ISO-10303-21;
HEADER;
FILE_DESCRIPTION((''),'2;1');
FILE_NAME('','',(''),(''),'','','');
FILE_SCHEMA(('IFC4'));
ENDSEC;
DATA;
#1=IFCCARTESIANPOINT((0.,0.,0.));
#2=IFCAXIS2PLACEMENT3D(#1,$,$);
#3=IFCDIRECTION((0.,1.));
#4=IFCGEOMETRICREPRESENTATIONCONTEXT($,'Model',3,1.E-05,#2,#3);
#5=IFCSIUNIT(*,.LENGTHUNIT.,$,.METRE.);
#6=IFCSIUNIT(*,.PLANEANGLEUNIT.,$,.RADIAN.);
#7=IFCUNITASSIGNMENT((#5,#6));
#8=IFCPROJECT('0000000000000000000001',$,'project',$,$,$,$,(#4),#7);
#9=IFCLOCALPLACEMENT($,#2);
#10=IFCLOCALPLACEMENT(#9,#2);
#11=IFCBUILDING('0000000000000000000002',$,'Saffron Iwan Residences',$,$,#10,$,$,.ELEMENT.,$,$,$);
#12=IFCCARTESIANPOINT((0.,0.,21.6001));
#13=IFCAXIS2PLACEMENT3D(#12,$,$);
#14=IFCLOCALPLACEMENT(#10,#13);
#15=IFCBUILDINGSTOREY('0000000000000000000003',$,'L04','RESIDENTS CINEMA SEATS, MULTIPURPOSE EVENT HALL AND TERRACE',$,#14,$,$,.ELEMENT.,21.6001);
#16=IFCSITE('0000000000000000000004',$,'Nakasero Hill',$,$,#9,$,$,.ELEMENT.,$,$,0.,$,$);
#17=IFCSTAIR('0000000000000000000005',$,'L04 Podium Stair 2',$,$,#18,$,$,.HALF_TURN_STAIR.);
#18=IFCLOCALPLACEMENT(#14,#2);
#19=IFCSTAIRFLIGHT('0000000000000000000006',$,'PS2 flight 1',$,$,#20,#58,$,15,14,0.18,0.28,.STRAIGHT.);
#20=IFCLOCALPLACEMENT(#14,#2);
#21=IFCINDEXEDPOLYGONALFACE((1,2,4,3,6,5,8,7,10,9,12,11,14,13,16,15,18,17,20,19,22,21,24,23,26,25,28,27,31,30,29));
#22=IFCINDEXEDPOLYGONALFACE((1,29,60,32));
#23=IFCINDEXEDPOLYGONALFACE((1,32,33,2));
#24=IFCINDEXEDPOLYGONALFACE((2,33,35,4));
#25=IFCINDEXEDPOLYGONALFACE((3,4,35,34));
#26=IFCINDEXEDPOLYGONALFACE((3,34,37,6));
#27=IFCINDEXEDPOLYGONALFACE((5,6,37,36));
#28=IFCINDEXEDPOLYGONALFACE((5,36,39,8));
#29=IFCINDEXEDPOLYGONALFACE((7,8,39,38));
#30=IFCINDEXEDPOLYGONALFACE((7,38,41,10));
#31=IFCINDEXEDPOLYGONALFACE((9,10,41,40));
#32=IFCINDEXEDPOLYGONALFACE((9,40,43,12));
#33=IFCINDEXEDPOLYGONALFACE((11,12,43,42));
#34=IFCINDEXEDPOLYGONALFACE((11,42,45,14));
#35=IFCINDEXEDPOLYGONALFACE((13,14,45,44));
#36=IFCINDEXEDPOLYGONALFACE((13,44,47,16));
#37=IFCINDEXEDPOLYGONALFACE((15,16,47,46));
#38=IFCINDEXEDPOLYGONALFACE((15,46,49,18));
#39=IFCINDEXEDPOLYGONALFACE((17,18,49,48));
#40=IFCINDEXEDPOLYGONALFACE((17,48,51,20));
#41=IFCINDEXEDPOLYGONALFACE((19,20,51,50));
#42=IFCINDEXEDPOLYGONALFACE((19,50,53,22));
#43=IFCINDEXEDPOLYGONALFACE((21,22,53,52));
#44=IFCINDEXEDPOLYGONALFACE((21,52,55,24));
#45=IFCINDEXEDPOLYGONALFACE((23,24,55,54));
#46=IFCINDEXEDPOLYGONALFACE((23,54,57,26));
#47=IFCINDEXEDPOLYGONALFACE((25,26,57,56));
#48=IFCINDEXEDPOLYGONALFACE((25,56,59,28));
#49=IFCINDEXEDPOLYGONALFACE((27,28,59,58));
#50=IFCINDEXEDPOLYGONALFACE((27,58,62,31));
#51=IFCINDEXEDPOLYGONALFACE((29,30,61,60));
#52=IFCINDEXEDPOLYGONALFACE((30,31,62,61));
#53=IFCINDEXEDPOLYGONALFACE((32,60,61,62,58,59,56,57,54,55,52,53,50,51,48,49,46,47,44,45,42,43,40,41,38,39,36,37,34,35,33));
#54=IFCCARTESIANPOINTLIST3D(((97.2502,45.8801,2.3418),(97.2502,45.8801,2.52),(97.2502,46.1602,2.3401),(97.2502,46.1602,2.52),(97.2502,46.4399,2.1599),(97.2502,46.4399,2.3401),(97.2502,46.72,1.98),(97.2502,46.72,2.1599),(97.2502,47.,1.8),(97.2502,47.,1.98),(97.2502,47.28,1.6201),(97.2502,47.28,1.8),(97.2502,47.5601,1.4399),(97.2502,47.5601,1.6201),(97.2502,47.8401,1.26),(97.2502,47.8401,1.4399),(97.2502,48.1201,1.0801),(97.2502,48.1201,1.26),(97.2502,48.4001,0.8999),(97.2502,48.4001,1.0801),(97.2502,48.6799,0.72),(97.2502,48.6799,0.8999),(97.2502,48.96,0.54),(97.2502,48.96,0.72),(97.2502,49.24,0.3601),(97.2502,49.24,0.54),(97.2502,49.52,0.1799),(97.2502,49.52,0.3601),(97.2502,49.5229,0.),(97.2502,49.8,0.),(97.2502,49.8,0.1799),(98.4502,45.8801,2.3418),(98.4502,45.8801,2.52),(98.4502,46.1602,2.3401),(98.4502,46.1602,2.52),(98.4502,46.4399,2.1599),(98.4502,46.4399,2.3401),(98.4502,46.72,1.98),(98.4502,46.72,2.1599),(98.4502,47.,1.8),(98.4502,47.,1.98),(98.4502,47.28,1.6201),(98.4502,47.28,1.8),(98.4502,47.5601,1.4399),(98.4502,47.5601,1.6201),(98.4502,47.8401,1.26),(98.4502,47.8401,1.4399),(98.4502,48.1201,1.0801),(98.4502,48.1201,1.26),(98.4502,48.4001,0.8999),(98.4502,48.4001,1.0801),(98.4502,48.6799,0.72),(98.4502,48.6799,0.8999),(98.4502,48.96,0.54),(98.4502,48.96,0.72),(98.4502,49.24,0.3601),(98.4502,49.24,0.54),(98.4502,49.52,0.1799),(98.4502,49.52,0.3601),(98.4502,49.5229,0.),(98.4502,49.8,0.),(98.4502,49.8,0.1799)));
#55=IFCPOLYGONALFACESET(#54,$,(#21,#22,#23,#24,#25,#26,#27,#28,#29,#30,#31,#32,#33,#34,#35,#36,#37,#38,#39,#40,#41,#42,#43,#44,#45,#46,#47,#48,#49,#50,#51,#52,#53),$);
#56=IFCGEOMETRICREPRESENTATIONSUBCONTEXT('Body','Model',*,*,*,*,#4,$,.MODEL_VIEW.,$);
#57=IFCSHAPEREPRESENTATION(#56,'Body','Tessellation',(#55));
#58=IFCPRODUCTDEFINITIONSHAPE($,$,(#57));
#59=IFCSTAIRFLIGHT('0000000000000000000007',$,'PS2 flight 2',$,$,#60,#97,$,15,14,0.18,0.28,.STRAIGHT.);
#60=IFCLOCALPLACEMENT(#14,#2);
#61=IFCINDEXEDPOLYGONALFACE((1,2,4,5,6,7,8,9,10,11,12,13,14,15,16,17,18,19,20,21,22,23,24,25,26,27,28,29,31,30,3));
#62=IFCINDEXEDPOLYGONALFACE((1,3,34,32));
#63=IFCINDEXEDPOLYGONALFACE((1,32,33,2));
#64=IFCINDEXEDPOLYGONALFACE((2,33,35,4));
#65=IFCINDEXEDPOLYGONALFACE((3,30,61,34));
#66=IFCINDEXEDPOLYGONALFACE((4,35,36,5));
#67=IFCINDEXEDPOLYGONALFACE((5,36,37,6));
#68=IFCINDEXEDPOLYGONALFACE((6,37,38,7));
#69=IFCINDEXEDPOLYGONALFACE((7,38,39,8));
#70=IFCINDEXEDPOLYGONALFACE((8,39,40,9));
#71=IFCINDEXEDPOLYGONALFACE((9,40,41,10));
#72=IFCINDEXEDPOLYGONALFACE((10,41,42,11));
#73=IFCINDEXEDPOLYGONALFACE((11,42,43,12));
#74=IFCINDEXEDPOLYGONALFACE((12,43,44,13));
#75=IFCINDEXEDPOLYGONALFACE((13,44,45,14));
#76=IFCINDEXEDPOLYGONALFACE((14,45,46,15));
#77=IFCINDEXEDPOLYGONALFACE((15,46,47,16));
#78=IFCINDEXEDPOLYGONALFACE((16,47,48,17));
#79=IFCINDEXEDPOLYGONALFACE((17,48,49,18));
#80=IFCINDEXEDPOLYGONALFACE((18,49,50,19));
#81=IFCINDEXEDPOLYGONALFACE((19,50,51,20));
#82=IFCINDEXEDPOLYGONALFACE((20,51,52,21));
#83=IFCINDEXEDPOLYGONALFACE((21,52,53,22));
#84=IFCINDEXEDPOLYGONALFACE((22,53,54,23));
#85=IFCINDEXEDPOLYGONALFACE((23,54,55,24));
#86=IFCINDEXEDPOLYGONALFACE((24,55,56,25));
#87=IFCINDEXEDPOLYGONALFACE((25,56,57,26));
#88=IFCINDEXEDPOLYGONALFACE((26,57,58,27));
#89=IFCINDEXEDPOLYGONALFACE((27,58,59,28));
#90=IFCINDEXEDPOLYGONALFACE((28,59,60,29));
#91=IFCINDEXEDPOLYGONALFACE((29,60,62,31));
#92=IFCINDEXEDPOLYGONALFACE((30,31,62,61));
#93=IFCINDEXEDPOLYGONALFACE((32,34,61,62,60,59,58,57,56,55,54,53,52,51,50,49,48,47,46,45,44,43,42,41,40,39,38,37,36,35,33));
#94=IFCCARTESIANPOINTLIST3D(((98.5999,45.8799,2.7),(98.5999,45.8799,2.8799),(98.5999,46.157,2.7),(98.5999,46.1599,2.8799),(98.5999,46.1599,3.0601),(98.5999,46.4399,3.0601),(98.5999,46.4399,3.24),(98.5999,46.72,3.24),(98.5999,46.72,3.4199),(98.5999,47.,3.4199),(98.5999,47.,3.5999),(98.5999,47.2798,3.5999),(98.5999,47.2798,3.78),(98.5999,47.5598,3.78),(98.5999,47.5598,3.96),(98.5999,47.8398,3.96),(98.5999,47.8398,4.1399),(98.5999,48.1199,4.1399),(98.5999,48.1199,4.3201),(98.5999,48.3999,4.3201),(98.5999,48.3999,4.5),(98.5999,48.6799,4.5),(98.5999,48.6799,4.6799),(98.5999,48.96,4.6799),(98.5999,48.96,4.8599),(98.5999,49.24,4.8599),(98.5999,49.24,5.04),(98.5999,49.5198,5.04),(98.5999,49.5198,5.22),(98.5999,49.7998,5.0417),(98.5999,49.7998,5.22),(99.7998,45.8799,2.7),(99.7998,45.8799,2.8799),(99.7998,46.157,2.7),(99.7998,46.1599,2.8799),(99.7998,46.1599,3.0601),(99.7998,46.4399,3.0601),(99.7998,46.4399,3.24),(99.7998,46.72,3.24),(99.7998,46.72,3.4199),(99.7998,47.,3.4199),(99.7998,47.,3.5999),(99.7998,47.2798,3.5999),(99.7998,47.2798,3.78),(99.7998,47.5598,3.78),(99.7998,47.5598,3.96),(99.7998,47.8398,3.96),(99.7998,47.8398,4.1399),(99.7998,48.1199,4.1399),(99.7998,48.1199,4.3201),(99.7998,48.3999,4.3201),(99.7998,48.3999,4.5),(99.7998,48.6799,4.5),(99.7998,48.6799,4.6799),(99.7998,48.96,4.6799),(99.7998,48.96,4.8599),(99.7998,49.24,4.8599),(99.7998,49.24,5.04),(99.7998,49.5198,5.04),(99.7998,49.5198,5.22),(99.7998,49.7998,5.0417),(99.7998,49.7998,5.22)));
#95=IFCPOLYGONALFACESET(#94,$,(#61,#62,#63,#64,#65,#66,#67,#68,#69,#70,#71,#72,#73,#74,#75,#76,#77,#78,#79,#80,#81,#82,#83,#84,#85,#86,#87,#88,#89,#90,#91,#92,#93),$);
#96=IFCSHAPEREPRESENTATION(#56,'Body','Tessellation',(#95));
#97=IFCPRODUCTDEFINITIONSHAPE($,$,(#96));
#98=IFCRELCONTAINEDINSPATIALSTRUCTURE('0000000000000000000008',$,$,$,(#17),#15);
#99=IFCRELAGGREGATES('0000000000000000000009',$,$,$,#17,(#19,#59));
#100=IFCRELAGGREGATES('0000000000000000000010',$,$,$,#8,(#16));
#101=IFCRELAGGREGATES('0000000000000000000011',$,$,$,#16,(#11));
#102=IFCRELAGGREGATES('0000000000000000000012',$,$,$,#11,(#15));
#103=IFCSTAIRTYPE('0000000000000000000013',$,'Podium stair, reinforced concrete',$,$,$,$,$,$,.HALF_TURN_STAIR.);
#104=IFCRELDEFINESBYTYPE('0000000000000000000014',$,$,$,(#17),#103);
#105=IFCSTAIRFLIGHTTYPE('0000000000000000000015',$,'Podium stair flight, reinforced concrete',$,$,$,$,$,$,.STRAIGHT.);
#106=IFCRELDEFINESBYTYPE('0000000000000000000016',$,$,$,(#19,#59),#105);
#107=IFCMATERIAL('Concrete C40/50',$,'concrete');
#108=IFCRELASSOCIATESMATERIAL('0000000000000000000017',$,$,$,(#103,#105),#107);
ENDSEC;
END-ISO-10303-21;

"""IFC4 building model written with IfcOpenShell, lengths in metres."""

from ifc_helpers import new_model, si_unit, direction, frame, origin, place, context, subcontext, project, spatial, polyline, outline, extrude, material, type_object, element, aggregate, save


model = new_model("IFC4")

# Units and contexts
model_context = context("Model", 3, precision=1e-05, world=origin(), true_north=direction((0.0, 1.0)))
body_context = subcontext(model_context, "Body", "Model", "MODEL_VIEW")
ifc_project = project(units=[si_unit("LENGTHUNIT", "METRE"), si_unit("PLANEANGLEUNIT", "RADIAN")], contexts=[model_context])

# Site, building, storey
site_placement = place(None, origin())
site = spatial("IfcSite", under=ifc_project, at=site_placement, Name="Nakasero Hill", CompositionType="ELEMENT", RefElevation=0.0)
building_placement = place(site_placement, origin())
building = spatial("IfcBuilding", under=site, at=building_placement, Name="Saffron Iwan Residences", CompositionType="ELEMENT")
storey_placement = place(building_placement, frame((0.0, 0.0, 21.6001)))
storey = spatial("IfcBuildingStorey", under=building, at=storey_placement, Name="L04", Description="RESIDENTS CINEMA SEATS, MULTIPURPOSE EVENT HALL AND TERRACE", CompositionType="ELEMENT", Elevation=21.6001)

# Shared definitions
ifc_material_1 = material(Name="Concrete C40/50", Category="concrete")

# Stair, stair flights
stair_type = type_object("IfcStairType", Name="Podium stair, reinforced concrete", PredefinedType="HALF_TURN_STAIR", material=ifc_material_1)
stair_placement = place(storey_placement, origin())
stair = element("IfcStair", 1, at=stair_placement, inside=storey, type_object=stair_type, Name="L04 Podium Stair 2", PredefinedType="HALF_TURN_STAIR")
stair_flight_type = type_object("IfcStairFlightType", Name="Podium stair flight, reinforced concrete", PredefinedType="STRAIGHT", material=ifc_material_1)
stair_flight_1_placement = place(storey_placement, frame((97.8501, 49.8, 0.0), z_axis=(0.0, 0.0, 1.0), x_axis=(0.0, -1.0, 0.0)))
stair_flight_1 = element("IfcStairFlight", 2, at=stair_flight_1_placement, type_object=stair_flight_type, Name="PS2 flight 1", NumberOfRisers=15, NumberOfTreads=14, PredefinedType="STRAIGHT", RiserHeight=0.18, TreadLength=0.28, context=body_context, shape_type="SweptSolid", body=[
    extrude(outline(polyline([(0.0, 0.0), (0.0, 0.1799), (0.28, 0.1799), (0.28, 0.3601), (0.5601, 0.3601), (0.5601, 0.54), (0.8401, 0.54), (0.8401, 0.72), (1.1201, 0.72), (1.1201, 0.8999), (1.3999, 0.8999), (1.3999, 1.0801), (1.6799, 1.0801), (1.6799, 1.26), (1.96, 1.26), (1.96, 1.4399), (2.24, 1.4399), (2.24, 1.6201), (2.52, 1.6201), (2.52, 1.8), (2.8, 1.8), (2.8, 1.98), (3.0801, 1.98), (3.0801, 2.1599), (3.3601, 2.1599), (3.3601, 2.3401), (3.6399, 2.3401), (3.6399, 2.52), (3.9199, 2.52), (3.9199, 2.7), (3.9199, 2.3418), (0.2771, 0.0), (0.0, 0.0)])), frame((0.0, 0.6001, 0.0), z_axis=(0.0, -1.0, 0.0), x_axis=(1.0, 0.0, 0.0)), (0.0, 0.0, 1.0), 1.2),
])
stair_flight_2_placement = place(storey_placement, frame((99.2, 45.8799, 2.7), z_axis=(0.0, 0.0, 1.0), x_axis=(0.0, 1.0, 0.0)))
stair_flight_2 = element("IfcStairFlight", 3, at=stair_flight_2_placement, type_object=stair_flight_type, Name="PS2 flight 2", NumberOfRisers=15, NumberOfTreads=14, PredefinedType="STRAIGHT", RiserHeight=0.18, TreadLength=0.28, context=body_context, shape_type="SweptSolid", body=[
    extrude(outline(polyline([(0.0, 0.0), (0.0, 0.1799), (0.28, 0.1799), (0.28, 0.3601), (0.5601, 0.3601), (0.5601, 0.54), (0.8401, 0.54), (0.8401, 0.72), (1.1201, 0.72), (1.1201, 0.8999), (1.3999, 0.8999), (1.3999, 1.0801), (1.6799, 1.0801), (1.6799, 1.26), (1.96, 1.26), (1.96, 1.4399), (2.24, 1.4399), (2.24, 1.6201), (2.52, 1.6201), (2.52, 1.8), (2.8, 1.8), (2.8, 1.98), (3.0801, 1.98), (3.0801, 2.1599), (3.3601, 2.1599), (3.3601, 2.3401), (3.6399, 2.3401), (3.6399, 2.52), (3.9199, 2.52), (3.9199, 2.7), (3.9199, 2.3418), (0.2771, 0.0), (0.0, 0.0)])), frame((0.0, 0.6001, 0.0), z_axis=(0.0, -1.0, 0.0), x_axis=(1.0, 0.0, 0.0)), (0.0, 0.0, 1.0), 1.2),
])
aggregate(stair, [stair_flight_1, stair_flight_2])

save(model, "model.ifc")
